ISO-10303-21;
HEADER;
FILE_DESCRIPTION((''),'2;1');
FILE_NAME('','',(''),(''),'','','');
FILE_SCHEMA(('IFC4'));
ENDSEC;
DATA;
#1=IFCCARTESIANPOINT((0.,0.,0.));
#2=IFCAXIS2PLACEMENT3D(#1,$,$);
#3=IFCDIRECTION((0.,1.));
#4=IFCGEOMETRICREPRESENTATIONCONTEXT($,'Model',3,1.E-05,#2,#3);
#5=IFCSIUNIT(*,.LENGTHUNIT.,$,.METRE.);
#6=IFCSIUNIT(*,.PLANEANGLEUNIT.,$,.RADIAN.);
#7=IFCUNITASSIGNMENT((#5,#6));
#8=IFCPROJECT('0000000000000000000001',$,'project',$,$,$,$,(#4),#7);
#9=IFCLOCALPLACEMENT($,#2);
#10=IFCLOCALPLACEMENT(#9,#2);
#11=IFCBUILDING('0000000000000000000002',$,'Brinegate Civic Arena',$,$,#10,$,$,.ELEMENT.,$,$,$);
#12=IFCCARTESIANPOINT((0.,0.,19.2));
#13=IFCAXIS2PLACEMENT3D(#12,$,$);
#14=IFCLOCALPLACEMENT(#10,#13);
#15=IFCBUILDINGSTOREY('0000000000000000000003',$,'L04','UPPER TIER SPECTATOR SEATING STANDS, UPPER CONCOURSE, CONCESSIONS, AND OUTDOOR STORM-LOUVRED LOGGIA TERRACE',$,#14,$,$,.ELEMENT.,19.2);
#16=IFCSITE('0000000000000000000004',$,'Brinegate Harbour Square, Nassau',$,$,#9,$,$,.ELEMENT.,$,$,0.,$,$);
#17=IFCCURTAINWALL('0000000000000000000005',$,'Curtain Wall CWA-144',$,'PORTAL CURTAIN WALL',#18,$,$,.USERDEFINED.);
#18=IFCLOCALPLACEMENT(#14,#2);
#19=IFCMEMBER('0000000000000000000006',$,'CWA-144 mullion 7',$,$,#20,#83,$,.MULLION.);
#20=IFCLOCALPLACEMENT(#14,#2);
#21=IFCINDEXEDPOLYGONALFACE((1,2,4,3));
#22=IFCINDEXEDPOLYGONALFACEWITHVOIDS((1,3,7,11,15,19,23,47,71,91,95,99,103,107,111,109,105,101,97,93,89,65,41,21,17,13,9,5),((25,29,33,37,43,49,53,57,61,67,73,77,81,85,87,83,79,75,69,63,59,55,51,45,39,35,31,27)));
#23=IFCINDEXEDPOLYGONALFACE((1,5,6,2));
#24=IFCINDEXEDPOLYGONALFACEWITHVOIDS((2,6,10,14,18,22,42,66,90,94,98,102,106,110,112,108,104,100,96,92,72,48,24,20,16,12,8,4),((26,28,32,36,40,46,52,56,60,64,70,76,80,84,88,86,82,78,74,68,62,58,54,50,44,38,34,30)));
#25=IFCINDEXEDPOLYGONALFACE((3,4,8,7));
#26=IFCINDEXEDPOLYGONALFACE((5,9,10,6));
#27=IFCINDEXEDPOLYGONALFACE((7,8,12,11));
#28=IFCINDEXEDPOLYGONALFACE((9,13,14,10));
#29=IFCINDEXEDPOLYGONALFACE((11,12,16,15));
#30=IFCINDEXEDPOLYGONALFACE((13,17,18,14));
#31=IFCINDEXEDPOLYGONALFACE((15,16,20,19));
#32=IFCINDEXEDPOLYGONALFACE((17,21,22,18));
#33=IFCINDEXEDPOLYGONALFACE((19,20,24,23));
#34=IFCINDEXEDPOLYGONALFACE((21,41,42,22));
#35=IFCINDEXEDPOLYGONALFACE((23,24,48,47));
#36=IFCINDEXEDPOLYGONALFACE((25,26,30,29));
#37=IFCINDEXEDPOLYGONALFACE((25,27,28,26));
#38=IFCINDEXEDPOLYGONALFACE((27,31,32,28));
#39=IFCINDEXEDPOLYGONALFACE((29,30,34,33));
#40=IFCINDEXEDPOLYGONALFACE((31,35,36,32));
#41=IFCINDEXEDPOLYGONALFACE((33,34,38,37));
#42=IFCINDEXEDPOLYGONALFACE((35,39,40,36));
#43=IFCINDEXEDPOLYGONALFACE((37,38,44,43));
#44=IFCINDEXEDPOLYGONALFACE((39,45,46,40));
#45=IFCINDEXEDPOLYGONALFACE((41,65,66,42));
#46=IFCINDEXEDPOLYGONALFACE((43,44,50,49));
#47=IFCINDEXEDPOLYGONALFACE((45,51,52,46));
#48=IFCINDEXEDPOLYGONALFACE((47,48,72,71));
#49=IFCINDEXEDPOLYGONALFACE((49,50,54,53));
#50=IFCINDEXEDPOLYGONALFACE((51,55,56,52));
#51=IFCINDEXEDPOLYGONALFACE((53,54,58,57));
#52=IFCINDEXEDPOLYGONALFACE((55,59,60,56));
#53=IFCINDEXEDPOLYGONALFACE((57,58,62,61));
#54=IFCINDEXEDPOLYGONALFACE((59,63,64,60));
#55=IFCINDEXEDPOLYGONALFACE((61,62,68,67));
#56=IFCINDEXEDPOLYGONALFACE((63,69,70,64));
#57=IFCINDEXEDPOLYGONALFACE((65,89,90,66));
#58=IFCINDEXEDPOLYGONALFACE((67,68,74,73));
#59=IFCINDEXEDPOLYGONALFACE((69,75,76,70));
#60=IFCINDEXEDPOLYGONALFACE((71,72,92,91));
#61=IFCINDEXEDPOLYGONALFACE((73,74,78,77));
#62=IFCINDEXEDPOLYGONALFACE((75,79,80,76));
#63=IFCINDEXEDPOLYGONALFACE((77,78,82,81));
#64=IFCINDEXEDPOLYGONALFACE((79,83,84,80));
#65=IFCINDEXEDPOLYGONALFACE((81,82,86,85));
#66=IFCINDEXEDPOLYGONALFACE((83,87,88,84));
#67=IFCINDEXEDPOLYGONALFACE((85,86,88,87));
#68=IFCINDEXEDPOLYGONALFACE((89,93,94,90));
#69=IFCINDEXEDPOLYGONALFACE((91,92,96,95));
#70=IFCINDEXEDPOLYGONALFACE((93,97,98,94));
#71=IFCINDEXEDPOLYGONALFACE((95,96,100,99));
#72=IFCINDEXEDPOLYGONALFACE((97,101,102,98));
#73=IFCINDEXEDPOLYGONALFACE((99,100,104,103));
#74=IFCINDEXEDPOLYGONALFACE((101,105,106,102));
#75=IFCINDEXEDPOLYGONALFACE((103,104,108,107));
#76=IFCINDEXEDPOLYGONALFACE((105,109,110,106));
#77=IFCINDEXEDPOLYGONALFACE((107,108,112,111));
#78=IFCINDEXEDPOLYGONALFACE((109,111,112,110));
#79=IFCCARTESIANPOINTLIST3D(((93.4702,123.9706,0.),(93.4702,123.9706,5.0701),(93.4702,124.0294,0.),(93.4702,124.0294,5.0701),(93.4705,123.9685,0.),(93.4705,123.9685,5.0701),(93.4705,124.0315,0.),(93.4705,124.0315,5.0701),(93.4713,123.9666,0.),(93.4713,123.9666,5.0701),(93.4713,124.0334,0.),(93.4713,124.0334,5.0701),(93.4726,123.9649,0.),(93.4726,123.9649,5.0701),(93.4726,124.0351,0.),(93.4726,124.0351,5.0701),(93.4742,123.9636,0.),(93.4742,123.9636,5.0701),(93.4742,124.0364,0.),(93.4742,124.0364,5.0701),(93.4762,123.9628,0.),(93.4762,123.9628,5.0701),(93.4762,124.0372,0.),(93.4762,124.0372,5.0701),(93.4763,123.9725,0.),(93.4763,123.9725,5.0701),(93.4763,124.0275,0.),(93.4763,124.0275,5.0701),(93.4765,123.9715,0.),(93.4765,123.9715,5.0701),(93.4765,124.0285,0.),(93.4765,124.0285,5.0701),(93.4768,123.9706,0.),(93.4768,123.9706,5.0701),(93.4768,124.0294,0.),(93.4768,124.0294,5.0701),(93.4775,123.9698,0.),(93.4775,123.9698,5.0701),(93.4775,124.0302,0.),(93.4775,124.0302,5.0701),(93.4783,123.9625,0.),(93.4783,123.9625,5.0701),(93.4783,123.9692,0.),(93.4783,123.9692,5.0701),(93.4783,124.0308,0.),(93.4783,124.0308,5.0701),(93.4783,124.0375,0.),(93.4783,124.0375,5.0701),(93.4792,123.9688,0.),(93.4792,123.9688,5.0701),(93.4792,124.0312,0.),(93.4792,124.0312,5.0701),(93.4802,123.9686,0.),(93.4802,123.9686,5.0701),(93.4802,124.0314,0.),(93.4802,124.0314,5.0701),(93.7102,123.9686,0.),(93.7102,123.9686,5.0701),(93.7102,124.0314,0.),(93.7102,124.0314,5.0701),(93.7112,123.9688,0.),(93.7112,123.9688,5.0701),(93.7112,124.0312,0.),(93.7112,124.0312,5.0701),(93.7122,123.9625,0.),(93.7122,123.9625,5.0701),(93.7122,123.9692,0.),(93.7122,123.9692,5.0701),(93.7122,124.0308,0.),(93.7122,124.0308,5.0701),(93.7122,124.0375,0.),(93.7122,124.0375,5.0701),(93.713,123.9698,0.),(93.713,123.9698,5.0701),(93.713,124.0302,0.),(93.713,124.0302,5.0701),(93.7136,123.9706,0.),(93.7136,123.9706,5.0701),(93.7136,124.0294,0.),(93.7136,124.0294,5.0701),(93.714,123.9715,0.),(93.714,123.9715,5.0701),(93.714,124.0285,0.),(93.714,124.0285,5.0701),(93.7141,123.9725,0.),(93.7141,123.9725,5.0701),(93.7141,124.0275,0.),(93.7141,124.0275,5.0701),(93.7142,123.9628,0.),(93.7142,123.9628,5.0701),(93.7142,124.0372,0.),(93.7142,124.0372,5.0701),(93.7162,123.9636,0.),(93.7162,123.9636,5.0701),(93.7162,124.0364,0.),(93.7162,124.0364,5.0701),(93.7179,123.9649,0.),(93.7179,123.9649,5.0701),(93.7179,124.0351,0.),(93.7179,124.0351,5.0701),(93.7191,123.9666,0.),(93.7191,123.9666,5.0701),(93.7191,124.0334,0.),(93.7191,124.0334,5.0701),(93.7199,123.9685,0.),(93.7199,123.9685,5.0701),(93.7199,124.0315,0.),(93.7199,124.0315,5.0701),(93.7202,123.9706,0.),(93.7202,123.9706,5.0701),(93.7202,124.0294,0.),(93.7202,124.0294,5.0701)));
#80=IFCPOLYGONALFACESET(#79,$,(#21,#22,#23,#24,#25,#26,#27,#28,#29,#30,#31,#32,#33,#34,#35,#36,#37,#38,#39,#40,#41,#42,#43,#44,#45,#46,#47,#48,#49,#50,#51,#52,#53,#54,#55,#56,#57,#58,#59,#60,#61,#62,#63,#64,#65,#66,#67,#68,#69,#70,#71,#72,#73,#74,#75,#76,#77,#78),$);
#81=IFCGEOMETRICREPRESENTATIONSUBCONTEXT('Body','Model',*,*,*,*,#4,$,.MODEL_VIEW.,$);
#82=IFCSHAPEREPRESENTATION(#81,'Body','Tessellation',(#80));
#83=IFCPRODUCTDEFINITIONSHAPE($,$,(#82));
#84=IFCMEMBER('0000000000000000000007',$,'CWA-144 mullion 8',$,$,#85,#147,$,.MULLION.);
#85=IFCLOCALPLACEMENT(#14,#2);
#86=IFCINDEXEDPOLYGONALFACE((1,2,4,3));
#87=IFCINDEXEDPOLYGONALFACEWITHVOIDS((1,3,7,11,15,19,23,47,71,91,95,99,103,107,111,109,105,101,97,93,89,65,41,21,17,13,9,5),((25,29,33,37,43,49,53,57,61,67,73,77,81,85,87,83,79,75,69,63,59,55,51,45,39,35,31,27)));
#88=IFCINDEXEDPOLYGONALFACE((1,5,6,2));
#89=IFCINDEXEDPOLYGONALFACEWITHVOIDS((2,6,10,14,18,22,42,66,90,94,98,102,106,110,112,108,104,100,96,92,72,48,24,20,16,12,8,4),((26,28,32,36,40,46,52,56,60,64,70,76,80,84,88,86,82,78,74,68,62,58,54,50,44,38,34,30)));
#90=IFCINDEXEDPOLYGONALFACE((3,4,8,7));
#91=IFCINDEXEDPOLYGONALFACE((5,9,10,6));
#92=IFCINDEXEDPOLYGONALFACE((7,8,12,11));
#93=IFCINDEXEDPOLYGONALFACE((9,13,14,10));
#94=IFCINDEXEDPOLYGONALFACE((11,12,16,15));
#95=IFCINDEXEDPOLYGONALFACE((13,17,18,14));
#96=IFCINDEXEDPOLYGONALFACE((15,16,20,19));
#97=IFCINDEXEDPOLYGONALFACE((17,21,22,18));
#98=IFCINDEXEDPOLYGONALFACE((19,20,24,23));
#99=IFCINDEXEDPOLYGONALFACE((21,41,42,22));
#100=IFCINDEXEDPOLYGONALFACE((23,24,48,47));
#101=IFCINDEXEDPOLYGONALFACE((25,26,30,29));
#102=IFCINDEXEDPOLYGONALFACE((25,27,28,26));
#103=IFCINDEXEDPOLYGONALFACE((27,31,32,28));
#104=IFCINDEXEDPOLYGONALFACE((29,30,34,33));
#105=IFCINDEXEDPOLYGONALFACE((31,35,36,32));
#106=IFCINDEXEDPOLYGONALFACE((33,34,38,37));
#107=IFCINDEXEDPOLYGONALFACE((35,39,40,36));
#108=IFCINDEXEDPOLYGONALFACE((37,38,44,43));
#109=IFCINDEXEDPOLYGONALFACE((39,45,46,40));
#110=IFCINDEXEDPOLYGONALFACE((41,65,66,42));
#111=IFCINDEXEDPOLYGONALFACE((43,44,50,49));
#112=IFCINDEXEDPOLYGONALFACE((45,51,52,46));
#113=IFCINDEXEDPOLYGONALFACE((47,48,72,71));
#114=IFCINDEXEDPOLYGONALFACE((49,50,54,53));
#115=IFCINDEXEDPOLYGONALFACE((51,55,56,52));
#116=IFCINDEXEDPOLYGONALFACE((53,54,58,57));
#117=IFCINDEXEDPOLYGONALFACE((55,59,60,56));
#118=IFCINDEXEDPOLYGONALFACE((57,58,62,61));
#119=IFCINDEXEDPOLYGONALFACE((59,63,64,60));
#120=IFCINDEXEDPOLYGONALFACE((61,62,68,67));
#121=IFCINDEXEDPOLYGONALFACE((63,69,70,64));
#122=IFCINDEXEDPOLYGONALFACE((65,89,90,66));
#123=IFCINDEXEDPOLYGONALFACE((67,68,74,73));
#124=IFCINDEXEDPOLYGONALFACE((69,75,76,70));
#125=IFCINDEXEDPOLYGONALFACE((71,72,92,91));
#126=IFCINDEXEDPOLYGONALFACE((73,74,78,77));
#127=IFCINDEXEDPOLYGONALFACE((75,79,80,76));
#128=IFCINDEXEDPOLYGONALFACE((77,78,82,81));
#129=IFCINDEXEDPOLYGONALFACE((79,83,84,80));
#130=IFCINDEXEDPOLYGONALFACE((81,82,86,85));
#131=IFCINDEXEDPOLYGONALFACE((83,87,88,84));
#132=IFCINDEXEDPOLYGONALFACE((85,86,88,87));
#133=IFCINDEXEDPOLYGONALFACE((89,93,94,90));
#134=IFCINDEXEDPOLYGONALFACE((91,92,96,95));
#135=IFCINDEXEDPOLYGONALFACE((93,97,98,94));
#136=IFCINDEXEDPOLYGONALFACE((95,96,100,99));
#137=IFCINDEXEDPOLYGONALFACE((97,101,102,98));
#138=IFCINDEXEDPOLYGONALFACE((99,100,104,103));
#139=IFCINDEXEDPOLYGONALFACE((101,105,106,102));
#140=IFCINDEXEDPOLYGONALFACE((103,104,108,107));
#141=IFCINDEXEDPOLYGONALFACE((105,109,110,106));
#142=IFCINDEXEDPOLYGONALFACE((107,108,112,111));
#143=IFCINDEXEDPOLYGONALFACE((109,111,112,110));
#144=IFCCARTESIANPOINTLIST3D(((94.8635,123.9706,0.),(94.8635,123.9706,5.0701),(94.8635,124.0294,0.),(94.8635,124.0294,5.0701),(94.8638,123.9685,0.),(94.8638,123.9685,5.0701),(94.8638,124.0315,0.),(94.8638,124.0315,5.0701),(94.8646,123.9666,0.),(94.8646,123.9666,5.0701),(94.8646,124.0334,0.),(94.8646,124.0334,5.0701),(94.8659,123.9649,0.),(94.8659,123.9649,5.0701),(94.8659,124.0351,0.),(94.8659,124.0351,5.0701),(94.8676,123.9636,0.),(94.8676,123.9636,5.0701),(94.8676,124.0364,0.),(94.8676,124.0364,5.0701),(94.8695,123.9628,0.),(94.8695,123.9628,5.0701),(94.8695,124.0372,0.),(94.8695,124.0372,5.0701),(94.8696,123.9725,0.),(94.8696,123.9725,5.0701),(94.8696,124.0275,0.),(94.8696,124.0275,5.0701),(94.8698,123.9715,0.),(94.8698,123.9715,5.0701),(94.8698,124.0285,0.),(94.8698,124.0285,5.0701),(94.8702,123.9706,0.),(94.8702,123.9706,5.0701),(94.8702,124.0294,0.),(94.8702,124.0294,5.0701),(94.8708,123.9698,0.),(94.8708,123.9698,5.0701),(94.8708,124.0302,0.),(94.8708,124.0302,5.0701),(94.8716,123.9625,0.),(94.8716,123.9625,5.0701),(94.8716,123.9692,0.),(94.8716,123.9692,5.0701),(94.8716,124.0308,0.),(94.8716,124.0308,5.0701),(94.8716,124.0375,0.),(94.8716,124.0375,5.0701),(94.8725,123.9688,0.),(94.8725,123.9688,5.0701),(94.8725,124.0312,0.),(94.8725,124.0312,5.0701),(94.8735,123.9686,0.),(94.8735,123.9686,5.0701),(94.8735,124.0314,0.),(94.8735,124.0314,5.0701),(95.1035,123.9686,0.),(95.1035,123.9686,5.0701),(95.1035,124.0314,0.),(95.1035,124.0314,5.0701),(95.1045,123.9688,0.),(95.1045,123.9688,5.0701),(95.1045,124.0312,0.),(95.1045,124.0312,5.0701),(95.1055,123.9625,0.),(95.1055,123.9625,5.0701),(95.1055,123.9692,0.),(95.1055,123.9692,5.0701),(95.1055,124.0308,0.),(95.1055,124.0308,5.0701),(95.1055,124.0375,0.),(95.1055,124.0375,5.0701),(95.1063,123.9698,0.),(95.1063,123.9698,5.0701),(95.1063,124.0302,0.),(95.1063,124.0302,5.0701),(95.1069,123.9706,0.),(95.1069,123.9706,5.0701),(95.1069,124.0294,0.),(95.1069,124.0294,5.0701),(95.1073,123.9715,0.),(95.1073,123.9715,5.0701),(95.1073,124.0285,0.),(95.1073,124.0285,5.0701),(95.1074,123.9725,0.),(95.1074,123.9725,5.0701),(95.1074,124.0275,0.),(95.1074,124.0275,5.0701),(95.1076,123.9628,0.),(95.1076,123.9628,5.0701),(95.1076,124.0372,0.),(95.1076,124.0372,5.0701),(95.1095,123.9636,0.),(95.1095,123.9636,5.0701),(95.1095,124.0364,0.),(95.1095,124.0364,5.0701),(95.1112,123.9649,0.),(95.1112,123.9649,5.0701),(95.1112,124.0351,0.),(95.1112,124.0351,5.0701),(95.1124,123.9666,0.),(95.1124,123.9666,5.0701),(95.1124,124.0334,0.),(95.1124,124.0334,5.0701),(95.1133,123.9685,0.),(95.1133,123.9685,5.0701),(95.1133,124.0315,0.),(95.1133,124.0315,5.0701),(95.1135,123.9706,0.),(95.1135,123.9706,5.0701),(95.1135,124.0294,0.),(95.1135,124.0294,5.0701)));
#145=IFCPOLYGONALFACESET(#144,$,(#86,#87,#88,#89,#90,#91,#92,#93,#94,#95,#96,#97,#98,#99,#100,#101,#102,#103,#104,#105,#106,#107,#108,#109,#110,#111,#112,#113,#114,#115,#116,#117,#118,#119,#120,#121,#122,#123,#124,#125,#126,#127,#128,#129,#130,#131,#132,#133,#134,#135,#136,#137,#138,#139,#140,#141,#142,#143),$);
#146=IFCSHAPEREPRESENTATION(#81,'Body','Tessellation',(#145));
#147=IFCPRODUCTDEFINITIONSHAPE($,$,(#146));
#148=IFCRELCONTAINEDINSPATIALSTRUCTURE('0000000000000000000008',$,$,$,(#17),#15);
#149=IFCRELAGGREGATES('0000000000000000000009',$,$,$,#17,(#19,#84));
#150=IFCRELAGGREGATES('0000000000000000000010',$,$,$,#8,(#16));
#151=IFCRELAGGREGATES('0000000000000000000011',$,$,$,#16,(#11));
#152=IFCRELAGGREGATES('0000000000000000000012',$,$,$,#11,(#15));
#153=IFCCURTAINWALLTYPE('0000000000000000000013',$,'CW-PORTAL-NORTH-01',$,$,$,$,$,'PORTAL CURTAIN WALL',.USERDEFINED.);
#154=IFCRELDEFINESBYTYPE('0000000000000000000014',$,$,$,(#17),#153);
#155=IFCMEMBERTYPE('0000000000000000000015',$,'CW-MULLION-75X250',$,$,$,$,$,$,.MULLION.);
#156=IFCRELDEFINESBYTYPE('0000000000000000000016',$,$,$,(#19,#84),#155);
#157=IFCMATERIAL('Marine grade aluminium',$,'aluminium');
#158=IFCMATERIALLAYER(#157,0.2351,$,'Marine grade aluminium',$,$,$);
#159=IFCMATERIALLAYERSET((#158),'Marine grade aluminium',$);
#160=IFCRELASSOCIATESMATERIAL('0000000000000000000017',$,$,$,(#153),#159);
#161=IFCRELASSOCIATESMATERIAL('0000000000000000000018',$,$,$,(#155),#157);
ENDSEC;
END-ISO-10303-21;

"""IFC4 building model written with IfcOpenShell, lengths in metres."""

from ifc_helpers import new_model, si_unit, direction, frame, origin, origin_2d, place, context, subcontext, project, spatial, hollow_rectangle, extrude, material, layer, layer_set, material_profile, profile_set, type_object, element, aggregate, save


model = new_model("IFC4")

# Units and contexts
model_context = context("Model", 3, precision=1e-05, world=origin(), true_north=direction((0.0, 1.0)))
body_context = subcontext(model_context, "Body", "Model", "MODEL_VIEW")
ifc_project = project(units=[si_unit("LENGTHUNIT", "METRE"), si_unit("PLANEANGLEUNIT", "RADIAN")], contexts=[model_context])

# Site, building, storey
site_placement = place(None, origin())
site = spatial("IfcSite", under=ifc_project, at=site_placement, Name="Brinegate Harbour Square, Nassau", CompositionType="ELEMENT", RefElevation=0.0)
building_placement = place(site_placement, origin())
building = spatial("IfcBuilding", under=site, at=building_placement, Name="Brinegate Civic Arena", CompositionType="ELEMENT")
storey_placement = place(building_placement, frame((0.0, 0.0, 19.2)))
storey = spatial("IfcBuildingStorey", under=building, at=storey_placement, Name="L04", Description="UPPER TIER SPECTATOR SEATING STANDS, UPPER CONCOURSE, CONCESSIONS, AND OUTDOOR STORM-LOUVRED LOGGIA TERRACE", CompositionType="ELEMENT", Elevation=19.2)

# Shared definitions
ifc_material_1 = material(Name="Marine grade aluminium", Category="aluminium")
ifc_layer_1 = layer(ifc_material_1, 0.2351, Name="Marine grade aluminium")
ifc_layer_set_1 = layer_set([ifc_layer_1], Name="Marine grade aluminium")
curtain_wall_type = type_object("IfcCurtainWallType", Name="CW-PORTAL-NORTH-01", ElementType="PORTAL CURTAIN WALL", PredefinedType="USERDEFINED", material=ifc_layer_set_1)

# Curtain wall, members
curtain_wall_1_placement = place(storey_placement, origin())
curtain_wall_1 = element("IfcCurtainWall", 1, at=curtain_wall_1_placement, inside=storey, type_object=curtain_wall_type, Name="Curtain Wall CWA-144", ObjectType="PORTAL CURTAIN WALL", PredefinedType="USERDEFINED")
ifc_material_profile_1 = material_profile(ifc_material_1, hollow_rectangle(XDim=0.075, YDim=0.25, WallThickness=0.0061, InnerFilletRadius=0.0039, OuterFilletRadius=0.0081, at=origin_2d()), Name="MUL75X250")
ifc_profile_set_1 = profile_set([ifc_material_profile_1], Name="Marine grade aluminium")
member_type_1 = type_object("IfcMemberType", Name="CW-MULLION-75X250", PredefinedType="MULLION", material=ifc_profile_set_1)
member_1_placement = place(storey_placement, frame((93.5952, 124.0, 0.0), z_axis=(0.0, 0.0, 1.0), x_axis=(0.0, 1.0, 0.0)))
member_1 = element("IfcMember", 2, at=member_1_placement, type_object=member_type_1, Name="CWA-144 mullion 7", PredefinedType="MULLION", context=body_context, shape_type="SweptSolid", body=[
    extrude(hollow_rectangle(XDim=0.075, YDim=0.25, WallThickness=0.0061, InnerFilletRadius=0.0039, OuterFilletRadius=0.0081, at=origin_2d()), origin(), (0.0, 0.0, 1.0), 5.0701),
])
member_2_placement = place(storey_placement, frame((94.9885, 124.0, 0.0), z_axis=(0.0, 0.0, 1.0), x_axis=(0.0, 1.0, 0.0)))
member_2 = element("IfcMember", 3, at=member_2_placement, type_object=member_type_1, Name="CWA-144 mullion 8", PredefinedType="MULLION", context=body_context, shape_type="SweptSolid", body=[
    extrude(hollow_rectangle(XDim=0.075, YDim=0.25, WallThickness=0.0061, InnerFilletRadius=0.0039, OuterFilletRadius=0.0081, at=origin_2d()), origin(), (0.0, 0.0, 1.0), 5.0701),
])

aggregate(curtain_wall_1, [member_1, member_2])

save(model, "model.ifc")
